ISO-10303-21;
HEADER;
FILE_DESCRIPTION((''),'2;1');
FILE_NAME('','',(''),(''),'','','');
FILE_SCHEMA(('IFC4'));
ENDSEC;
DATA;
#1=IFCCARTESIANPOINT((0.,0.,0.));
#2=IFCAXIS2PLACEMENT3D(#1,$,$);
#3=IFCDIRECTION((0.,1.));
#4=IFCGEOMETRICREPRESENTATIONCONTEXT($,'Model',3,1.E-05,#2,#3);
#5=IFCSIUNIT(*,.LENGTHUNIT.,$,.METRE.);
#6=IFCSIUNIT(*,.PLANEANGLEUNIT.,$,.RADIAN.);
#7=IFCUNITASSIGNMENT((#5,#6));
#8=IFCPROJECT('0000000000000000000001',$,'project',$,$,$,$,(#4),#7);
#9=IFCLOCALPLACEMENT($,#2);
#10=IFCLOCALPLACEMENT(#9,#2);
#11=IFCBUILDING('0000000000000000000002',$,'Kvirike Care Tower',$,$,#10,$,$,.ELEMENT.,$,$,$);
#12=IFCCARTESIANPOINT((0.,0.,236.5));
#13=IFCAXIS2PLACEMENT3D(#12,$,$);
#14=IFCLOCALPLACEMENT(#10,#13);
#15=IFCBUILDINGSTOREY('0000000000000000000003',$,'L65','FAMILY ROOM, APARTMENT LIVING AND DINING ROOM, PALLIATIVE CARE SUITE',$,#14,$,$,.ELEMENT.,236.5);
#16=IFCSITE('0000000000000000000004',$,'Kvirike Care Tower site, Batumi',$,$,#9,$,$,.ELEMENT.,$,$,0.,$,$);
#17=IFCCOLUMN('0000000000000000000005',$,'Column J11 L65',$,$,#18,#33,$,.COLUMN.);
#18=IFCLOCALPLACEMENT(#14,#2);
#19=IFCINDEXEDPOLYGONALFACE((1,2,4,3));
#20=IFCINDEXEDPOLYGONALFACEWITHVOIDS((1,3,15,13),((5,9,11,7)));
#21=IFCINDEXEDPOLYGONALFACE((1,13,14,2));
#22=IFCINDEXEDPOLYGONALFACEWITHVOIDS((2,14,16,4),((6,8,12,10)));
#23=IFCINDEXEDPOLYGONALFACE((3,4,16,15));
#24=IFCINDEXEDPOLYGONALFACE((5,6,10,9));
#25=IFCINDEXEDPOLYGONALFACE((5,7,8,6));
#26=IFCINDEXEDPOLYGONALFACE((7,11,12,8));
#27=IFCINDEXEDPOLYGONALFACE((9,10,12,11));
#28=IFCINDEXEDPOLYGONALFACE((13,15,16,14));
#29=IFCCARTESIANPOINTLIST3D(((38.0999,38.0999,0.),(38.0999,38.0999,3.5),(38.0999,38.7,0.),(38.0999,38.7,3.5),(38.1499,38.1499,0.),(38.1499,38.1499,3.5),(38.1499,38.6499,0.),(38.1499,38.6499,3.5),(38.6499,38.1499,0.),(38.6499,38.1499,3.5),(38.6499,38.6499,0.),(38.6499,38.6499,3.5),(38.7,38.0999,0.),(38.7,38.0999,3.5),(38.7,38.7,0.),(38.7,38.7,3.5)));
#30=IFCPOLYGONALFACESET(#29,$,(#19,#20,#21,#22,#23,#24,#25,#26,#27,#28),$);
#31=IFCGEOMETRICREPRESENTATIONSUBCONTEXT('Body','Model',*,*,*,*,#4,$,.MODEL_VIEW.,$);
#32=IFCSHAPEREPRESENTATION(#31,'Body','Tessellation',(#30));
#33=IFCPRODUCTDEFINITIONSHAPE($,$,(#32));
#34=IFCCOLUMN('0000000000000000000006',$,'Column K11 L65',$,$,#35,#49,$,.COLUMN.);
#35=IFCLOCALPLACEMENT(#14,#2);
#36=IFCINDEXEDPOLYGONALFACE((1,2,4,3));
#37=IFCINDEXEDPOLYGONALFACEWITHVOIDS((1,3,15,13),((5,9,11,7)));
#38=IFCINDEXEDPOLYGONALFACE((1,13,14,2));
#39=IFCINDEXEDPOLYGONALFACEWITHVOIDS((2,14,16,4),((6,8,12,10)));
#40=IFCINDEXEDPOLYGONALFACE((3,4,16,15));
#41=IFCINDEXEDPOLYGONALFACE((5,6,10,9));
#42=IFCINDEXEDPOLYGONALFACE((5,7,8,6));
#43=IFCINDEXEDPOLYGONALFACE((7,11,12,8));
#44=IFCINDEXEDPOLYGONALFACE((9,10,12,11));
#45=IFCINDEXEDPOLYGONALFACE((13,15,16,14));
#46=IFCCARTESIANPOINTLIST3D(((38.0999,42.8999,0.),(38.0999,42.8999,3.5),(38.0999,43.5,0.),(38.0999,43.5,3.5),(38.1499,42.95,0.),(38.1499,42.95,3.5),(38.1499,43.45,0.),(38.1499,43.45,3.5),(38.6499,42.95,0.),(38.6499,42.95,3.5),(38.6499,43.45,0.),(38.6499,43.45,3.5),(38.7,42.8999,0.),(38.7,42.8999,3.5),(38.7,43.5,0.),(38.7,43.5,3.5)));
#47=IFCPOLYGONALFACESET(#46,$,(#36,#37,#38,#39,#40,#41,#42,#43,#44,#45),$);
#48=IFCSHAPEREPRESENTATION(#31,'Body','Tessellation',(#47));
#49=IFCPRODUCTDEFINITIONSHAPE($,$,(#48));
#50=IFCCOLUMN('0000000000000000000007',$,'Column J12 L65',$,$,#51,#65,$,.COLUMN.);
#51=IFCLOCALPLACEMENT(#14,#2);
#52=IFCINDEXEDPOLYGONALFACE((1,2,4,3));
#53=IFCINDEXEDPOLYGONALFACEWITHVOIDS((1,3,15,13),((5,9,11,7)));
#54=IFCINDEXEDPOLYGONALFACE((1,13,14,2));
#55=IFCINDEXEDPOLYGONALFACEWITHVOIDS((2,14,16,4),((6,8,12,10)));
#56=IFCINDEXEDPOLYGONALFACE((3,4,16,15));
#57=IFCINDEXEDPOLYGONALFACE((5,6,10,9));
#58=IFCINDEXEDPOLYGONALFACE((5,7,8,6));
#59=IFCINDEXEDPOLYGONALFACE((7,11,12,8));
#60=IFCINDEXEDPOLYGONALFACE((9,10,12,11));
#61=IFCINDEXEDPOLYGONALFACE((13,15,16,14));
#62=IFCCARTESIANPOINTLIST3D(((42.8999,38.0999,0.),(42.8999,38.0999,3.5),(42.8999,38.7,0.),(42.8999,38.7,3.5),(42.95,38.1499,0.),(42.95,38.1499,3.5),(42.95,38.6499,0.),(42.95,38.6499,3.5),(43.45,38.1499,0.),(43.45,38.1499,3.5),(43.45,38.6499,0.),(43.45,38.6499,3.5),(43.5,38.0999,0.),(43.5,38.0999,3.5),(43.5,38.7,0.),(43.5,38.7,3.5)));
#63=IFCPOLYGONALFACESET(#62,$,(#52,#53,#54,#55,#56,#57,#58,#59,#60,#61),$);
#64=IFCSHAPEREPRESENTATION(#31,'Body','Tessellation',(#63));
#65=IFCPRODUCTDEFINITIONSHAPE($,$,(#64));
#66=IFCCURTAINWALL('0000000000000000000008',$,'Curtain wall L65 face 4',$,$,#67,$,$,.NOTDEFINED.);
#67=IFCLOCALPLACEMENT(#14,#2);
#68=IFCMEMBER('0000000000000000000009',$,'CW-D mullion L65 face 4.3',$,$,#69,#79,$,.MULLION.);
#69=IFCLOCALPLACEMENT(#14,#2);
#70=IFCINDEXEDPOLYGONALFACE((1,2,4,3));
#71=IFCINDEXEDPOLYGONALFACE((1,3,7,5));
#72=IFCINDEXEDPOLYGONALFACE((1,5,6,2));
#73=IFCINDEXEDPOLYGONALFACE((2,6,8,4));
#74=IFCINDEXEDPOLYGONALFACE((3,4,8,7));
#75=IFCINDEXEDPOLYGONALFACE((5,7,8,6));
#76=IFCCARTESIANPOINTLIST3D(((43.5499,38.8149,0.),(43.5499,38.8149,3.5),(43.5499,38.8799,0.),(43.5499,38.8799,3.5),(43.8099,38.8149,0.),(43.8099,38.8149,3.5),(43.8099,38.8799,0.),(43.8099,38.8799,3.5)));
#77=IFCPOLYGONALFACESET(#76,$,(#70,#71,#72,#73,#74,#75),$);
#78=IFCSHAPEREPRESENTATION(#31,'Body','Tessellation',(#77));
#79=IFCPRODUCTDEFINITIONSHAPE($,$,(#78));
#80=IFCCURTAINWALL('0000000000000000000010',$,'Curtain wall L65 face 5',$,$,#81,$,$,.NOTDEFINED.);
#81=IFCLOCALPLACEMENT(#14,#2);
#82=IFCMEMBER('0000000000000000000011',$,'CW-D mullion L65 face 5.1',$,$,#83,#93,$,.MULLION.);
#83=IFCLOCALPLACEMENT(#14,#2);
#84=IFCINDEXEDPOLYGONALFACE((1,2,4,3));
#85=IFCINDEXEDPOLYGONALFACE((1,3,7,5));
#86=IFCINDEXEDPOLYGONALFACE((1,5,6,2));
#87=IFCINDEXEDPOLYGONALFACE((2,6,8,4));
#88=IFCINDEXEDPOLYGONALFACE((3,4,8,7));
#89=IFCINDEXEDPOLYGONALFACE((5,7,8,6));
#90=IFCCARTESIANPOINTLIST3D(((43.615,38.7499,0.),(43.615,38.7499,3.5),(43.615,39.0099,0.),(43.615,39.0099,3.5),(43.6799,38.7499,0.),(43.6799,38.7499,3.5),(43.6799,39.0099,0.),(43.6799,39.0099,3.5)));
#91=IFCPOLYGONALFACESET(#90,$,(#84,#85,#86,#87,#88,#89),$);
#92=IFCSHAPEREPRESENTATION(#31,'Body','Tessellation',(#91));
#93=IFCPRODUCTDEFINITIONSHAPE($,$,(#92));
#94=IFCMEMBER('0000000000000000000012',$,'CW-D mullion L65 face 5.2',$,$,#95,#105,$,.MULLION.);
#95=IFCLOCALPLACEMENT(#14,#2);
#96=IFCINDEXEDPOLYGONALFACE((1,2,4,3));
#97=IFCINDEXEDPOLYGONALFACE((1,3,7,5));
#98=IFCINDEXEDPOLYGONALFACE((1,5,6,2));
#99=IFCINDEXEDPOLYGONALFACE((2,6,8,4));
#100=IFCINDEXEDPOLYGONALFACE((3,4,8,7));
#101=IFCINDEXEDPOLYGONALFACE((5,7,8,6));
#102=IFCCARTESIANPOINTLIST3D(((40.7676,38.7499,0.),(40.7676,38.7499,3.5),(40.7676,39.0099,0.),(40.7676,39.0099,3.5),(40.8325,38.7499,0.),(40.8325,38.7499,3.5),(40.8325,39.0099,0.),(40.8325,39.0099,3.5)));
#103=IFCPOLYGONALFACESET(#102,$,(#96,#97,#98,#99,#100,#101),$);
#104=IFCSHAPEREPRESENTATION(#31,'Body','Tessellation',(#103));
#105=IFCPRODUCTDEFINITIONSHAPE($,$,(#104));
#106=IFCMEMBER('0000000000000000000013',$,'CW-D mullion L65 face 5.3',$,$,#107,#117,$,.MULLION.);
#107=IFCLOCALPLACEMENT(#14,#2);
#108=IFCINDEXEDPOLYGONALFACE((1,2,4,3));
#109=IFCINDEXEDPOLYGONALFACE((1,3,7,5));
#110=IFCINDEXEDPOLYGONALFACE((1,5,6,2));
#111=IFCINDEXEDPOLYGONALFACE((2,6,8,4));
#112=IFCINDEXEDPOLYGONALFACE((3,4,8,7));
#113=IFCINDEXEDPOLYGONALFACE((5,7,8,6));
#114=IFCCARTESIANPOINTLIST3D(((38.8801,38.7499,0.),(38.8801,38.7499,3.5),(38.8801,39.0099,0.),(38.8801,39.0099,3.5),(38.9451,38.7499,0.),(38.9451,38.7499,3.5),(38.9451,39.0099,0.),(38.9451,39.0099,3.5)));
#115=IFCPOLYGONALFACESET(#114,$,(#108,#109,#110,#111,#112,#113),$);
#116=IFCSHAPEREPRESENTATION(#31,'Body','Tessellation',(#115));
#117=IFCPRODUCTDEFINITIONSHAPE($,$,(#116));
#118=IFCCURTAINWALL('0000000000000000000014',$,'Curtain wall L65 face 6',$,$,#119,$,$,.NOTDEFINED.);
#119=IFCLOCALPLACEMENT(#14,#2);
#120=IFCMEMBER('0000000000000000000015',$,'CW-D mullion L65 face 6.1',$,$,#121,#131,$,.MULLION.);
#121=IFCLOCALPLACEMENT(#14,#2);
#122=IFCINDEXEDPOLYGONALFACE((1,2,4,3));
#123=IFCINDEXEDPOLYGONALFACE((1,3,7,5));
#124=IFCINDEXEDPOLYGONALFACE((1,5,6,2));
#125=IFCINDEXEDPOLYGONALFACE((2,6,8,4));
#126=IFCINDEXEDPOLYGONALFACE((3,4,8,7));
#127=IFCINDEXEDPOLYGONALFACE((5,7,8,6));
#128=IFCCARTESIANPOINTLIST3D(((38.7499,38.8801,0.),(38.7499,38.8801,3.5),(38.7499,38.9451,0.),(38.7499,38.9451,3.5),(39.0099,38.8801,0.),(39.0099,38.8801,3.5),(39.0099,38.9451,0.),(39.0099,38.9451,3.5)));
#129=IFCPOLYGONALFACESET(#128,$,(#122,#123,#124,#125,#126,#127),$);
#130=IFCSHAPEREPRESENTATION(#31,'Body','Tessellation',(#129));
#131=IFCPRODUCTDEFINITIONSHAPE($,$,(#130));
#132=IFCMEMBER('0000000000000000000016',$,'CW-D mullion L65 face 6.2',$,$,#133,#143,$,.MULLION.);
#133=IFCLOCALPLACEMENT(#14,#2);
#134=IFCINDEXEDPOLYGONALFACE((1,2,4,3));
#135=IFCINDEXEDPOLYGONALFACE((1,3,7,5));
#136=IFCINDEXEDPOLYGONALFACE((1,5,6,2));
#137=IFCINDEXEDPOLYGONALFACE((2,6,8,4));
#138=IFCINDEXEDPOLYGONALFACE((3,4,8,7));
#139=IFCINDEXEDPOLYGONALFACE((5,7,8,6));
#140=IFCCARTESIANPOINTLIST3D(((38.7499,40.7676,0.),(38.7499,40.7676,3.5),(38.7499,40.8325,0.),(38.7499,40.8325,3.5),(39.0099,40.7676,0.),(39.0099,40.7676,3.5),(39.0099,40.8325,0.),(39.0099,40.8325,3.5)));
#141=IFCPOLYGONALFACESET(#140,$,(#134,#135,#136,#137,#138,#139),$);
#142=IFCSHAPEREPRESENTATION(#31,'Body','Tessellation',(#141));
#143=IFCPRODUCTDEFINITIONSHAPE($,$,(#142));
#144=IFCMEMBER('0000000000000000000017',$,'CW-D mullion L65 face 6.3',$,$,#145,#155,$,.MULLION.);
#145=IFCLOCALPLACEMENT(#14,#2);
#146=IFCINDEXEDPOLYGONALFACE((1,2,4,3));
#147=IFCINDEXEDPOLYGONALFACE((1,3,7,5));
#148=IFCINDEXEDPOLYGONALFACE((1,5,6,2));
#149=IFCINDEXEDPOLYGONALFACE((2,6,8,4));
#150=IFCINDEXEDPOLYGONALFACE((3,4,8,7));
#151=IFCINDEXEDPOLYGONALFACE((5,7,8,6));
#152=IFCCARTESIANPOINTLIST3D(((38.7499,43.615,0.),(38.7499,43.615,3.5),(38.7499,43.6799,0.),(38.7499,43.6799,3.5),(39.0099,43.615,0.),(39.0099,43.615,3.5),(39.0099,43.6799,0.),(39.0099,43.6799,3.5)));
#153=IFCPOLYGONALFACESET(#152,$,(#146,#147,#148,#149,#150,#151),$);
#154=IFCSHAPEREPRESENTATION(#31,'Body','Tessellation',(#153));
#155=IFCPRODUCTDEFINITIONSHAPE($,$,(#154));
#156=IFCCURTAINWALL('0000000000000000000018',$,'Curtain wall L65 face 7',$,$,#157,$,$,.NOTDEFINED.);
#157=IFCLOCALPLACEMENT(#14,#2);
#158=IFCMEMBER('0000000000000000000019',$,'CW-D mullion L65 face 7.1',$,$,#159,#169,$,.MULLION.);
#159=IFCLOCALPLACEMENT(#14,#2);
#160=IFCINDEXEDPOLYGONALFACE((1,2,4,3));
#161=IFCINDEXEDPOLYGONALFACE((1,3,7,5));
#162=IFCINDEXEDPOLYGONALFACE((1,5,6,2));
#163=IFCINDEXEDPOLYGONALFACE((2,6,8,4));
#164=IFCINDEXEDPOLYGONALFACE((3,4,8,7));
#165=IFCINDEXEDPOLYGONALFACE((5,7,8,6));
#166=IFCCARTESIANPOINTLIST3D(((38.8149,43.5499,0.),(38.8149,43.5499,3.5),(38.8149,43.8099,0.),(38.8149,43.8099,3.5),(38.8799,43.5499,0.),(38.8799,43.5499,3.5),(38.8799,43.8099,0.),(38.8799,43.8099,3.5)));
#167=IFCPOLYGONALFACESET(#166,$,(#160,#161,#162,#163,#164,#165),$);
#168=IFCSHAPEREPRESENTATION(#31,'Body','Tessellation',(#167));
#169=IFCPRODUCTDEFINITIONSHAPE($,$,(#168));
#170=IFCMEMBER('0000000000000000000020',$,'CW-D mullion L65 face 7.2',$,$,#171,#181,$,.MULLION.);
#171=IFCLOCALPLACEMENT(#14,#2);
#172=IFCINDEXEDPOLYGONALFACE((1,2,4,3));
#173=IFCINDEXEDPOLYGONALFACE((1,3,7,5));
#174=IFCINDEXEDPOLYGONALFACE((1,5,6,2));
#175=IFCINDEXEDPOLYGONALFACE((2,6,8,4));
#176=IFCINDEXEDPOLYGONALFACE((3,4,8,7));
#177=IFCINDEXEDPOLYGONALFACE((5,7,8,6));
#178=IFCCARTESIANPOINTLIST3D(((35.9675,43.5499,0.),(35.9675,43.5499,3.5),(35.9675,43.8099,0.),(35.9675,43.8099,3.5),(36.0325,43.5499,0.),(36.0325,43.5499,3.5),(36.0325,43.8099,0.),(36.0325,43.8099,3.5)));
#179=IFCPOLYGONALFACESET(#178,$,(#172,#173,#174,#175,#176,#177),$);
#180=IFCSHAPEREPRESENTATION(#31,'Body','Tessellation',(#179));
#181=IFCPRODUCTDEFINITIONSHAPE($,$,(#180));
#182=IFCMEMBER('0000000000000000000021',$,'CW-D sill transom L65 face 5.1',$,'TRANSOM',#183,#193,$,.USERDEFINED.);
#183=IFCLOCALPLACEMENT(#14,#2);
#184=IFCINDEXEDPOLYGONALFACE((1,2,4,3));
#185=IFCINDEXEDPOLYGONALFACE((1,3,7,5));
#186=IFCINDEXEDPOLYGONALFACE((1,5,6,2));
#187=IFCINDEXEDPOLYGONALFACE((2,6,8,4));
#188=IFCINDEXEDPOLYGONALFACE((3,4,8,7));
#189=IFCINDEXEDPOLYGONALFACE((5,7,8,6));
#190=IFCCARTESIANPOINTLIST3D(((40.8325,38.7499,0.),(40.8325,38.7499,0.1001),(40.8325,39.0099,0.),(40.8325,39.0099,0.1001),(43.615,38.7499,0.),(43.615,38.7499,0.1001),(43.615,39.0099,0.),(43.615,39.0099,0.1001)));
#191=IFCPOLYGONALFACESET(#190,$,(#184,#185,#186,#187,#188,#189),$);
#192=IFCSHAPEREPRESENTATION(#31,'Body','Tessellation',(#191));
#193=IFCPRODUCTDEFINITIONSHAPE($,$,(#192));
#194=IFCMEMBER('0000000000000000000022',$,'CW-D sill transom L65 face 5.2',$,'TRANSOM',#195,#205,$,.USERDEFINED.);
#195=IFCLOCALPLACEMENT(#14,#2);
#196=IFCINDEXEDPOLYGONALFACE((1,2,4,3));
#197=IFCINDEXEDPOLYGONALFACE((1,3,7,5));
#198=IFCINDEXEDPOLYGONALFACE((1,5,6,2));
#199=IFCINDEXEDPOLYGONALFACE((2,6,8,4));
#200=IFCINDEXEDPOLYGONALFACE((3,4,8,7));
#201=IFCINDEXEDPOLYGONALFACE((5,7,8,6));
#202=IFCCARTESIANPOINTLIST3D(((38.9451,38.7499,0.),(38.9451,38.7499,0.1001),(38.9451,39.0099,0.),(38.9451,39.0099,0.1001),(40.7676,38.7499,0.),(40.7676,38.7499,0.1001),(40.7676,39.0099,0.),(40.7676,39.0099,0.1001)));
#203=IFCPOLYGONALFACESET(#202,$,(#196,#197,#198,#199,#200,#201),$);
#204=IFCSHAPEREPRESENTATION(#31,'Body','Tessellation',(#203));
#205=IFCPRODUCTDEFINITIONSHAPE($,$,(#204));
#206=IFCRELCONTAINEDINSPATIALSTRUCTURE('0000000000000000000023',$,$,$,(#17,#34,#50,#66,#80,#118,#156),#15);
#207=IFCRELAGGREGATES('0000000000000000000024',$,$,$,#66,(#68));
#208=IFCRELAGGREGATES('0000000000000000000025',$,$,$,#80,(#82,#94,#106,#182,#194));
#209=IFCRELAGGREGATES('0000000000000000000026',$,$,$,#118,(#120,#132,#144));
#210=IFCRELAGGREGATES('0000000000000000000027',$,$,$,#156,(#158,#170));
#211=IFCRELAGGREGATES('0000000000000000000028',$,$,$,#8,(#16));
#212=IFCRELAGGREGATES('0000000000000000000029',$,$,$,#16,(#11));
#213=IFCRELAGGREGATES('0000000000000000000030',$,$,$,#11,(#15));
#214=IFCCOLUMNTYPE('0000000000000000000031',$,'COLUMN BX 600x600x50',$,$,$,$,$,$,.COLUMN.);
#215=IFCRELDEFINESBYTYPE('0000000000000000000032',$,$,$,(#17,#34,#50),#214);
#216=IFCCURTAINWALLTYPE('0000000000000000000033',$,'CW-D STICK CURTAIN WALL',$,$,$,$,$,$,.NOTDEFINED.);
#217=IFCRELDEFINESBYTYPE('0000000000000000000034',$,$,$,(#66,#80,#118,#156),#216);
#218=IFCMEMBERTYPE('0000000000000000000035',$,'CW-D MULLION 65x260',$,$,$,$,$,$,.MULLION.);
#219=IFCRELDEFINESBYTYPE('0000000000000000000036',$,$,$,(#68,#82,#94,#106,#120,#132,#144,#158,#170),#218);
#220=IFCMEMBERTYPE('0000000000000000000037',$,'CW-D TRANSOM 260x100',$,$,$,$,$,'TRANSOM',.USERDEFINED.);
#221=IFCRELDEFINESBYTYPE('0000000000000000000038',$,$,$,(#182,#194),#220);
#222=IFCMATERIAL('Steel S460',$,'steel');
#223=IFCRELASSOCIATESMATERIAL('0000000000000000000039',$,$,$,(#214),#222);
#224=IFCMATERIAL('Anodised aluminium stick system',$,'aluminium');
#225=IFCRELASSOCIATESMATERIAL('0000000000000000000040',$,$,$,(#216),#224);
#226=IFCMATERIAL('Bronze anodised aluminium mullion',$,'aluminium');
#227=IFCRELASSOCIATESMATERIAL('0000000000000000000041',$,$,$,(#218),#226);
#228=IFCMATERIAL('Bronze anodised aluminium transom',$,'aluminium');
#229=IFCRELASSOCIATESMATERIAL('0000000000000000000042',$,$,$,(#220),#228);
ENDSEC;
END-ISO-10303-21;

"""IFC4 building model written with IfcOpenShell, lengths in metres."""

from ifc_helpers import new_model, si_unit, direction, frame, origin, origin_2d, place, context, subcontext, project, spatial, rectangle, hollow_rectangle, extrude, material, material_profile, profile_set, type_object, element, aggregate, save


model = new_model("IFC4")

# Units and contexts
model_context = context("Model", 3, precision=1e-05, world=origin(), true_north=direction((0.0, 1.0)))
body_context = subcontext(model_context, "Body", "Model", "MODEL_VIEW")
ifc_project = project(units=[si_unit("LENGTHUNIT", "METRE"), si_unit("PLANEANGLEUNIT", "RADIAN")], contexts=[model_context])

# Site, building, storey
site_placement = place(None, origin())
site = spatial("IfcSite", under=ifc_project, at=site_placement, Name="Kvirike Care Tower site, Batumi", CompositionType="ELEMENT", RefElevation=0.0)
building_placement = place(site_placement, origin())
building = spatial("IfcBuilding", under=site, at=building_placement, Name="Kvirike Care Tower", CompositionType="ELEMENT")
storey_placement = place(building_placement, frame((0.0, 0.0, 236.5)))
storey = spatial("IfcBuildingStorey", under=building, at=storey_placement, Name="L65", Description="FAMILY ROOM, APARTMENT LIVING AND DINING ROOM, PALLIATIVE CARE SUITE", CompositionType="ELEMENT", Elevation=236.5)

# Columns
ifc_material_1 = material(Name="Steel S460", Category="steel")
ifc_material_profile_1 = material_profile(ifc_material_1, hollow_rectangle(XDim=0.6001, YDim=0.6001, WallThickness=0.05, at=origin_2d()), Name="BX 600x600x50")
ifc_profile_set_1 = profile_set([ifc_material_profile_1], Name="Steel S460")
column_type = type_object("IfcColumnType", Name="COLUMN BX 600x600x50", PredefinedType="COLUMN", material=ifc_profile_set_1)
for number, where, z_axis, x_axis, name in (
    (1, (38.3999, 38.3999, 0.0), (0.0, 0.0, 1.0), (0.0, 1.0, 0.0), "Column J11 L65"),
    (2, (38.3999, 43.2, 0.0), (0.0, 0.0, 1.0), (0.0, 1.0, 0.0), "Column K11 L65"),
    (3, (43.2, 38.3999, 0.0), (0.0, 0.0, 1.0), (0.0, 1.0, 0.0), "Column J12 L65"),
):
    element("IfcColumn", number, at=place(storey_placement, frame(where, z_axis=z_axis, x_axis=x_axis)), inside=storey, type_object=column_type, Name=name, PredefinedType="COLUMN", context=body_context, shape_type="SweptSolid", body=[
        extrude(hollow_rectangle(XDim=0.6001, YDim=0.6001, WallThickness=0.05, at=origin_2d()), origin(), (0.0, 0.0, 1.0), 3.5),
    ])

# Curtain wall, member
ifc_material_2 = material(Name="Anodised aluminium stick system", Category="aluminium")
curtain_wall_type = type_object("IfcCurtainWallType", Name="CW-D STICK CURTAIN WALL", PredefinedType="NOTDEFINED", material=ifc_material_2)
curtain_wall_1_placement = place(storey_placement, origin())
curtain_wall_1 = element("IfcCurtainWall", 4, at=curtain_wall_1_placement, inside=storey, type_object=curtain_wall_type, Name="Curtain wall L65 face 4", PredefinedType="NOTDEFINED")
ifc_material_3 = material(Name="Bronze anodised aluminium mullion", Category="aluminium")
ifc_material_profile_2 = material_profile(ifc_material_3, rectangle(XDim=0.0649, YDim=0.26, at=origin_2d()), Name="CW-D MULLION 65x260")
ifc_profile_set_2 = profile_set([ifc_material_profile_2], Name="Bronze anodised aluminium mullion")
member_type_1 = type_object("IfcMemberType", Name="CW-D MULLION 65x260", PredefinedType="MULLION", material=ifc_profile_set_2)
member_1_placement = place(storey_placement, frame((43.6799, 38.8474, 0.0), z_axis=(0.0, 0.0, 1.0), x_axis=(0.0, 1.0, 0.0)))
member_1 = element("IfcMember", 5, at=member_1_placement, type_object=member_type_1, Name="CW-D mullion L65 face 4.3", PredefinedType="MULLION", context=body_context, shape_type="SweptSolid", body=[
    extrude(rectangle(XDim=0.0649, YDim=0.26, at=origin_2d()), origin(), (0.0, 0.0, 1.0), 3.5),
])

# Curtain walls, members
curtain_wall_2_placement = place(storey_placement, origin())
curtain_wall_2 = element("IfcCurtainWall", 6, at=curtain_wall_2_placement, inside=storey, type_object=curtain_wall_type, Name="Curtain wall L65 face 5", PredefinedType="NOTDEFINED")
member_2_placement = place(storey_placement, frame((43.6475, 38.8799, 0.0), z_axis=(0.0, 0.0, 1.0), x_axis=(-1.0, 0.0, 0.0)))
member_2 = element("IfcMember", 7, at=member_2_placement, type_object=member_type_1, Name="CW-D mullion L65 face 5.1", PredefinedType="MULLION", context=body_context, shape_type="SweptSolid", body=[
    extrude(rectangle(XDim=0.0649, YDim=0.26, at=origin_2d()), origin(), (0.0, 0.0, 1.0), 3.5),
])
member_3_placement = place(storey_placement, frame((40.8, 38.8799, 0.0), z_axis=(0.0, 0.0, 1.0), x_axis=(-1.0, 0.0, 0.0)))
member_3 = element("IfcMember", 8, at=member_3_placement, type_object=member_type_1, Name="CW-D mullion L65 face 5.2", PredefinedType="MULLION", context=body_context, shape_type="SweptSolid", body=[
    extrude(rectangle(XDim=0.0649, YDim=0.26, at=origin_2d()), origin(), (0.0, 0.0, 1.0), 3.5),
])
member_4_placement = place(storey_placement, frame((38.9126, 38.8799, 0.0), z_axis=(0.0, 0.0, 1.0), x_axis=(-1.0, 0.0, 0.0)))
member_4 = element("IfcMember", 9, at=member_4_placement, type_object=member_type_1, Name="CW-D mullion L65 face 5.3", PredefinedType="MULLION", context=body_context, shape_type="SweptSolid", body=[
    extrude(rectangle(XDim=0.0649, YDim=0.26, at=origin_2d()), origin(), (0.0, 0.0, 1.0), 3.5),
])
curtain_wall_3_placement = place(storey_placement, origin())
curtain_wall_3 = element("IfcCurtainWall", 10, at=curtain_wall_3_placement, inside=storey, type_object=curtain_wall_type, Name="Curtain wall L65 face 6", PredefinedType="NOTDEFINED")
member_5_placement = place(storey_placement, frame((38.8799, 38.9126, 0.0), z_axis=(0.0, 0.0, 1.0), x_axis=(0.0, 1.0, 0.0)))
member_5 = element("IfcMember", 11, at=member_5_placement, type_object=member_type_1, Name="CW-D mullion L65 face 6.1", PredefinedType="MULLION", context=body_context, shape_type="SweptSolid", body=[
    extrude(rectangle(XDim=0.0649, YDim=0.26, at=origin_2d()), origin(), (0.0, 0.0, 1.0), 3.5),
])
member_6_placement = place(storey_placement, frame((38.8799, 40.8, 0.0), z_axis=(0.0, 0.0, 1.0), x_axis=(0.0, 1.0, 0.0)))
member_6 = element("IfcMember", 12, at=member_6_placement, type_object=member_type_1, Name="CW-D mullion L65 face 6.2", PredefinedType="MULLION", context=body_context, shape_type="SweptSolid", body=[
    extrude(rectangle(XDim=0.0649, YDim=0.26, at=origin_2d()), origin(), (0.0, 0.0, 1.0), 3.5),
])
member_7_placement = place(storey_placement, frame((38.8799, 43.6475, 0.0), z_axis=(0.0, 0.0, 1.0), x_axis=(0.0, 1.0, 0.0)))
member_7 = element("IfcMember", 13, at=member_7_placement, type_object=member_type_1, Name="CW-D mullion L65 face 6.3", PredefinedType="MULLION", context=body_context, shape_type="SweptSolid", body=[
    extrude(rectangle(XDim=0.0649, YDim=0.26, at=origin_2d()), origin(), (0.0, 0.0, 1.0), 3.5),
])
curtain_wall_4_placement = place(storey_placement, origin())
curtain_wall_4 = element("IfcCurtainWall", 14, at=curtain_wall_4_placement, inside=storey, type_object=curtain_wall_type, Name="Curtain wall L65 face 7", PredefinedType="NOTDEFINED")
member_8_placement = place(storey_placement, frame((38.8474, 43.6799, 0.0), z_axis=(0.0, 0.0, 1.0), x_axis=(-1.0, 0.0, 0.0)))
member_8 = element("IfcMember", 15, at=member_8_placement, type_object=member_type_1, Name="CW-D mullion L65 face 7.1", PredefinedType="MULLION", context=body_context, shape_type="SweptSolid", body=[
    extrude(rectangle(XDim=0.0649, YDim=0.26, at=origin_2d()), origin(), (0.0, 0.0, 1.0), 3.5),
])
member_9_placement = place(storey_placement, frame((36.0, 43.6799, 0.0), z_axis=(0.0, 0.0, 1.0), x_axis=(-1.0, 0.0, 0.0)))
member_9 = element("IfcMember", 16, at=member_9_placement, type_object=member_type_1, Name="CW-D mullion L65 face 7.2", PredefinedType="MULLION", context=body_context, shape_type="SweptSolid", body=[
    extrude(rectangle(XDim=0.0649, YDim=0.26, at=origin_2d()), origin(), (0.0, 0.0, 1.0), 3.5),
])

# Members
ifc_material_4 = material(Name="Bronze anodised aluminium transom", Category="aluminium")
ifc_material_profile_3 = material_profile(ifc_material_4, rectangle(XDim=0.26, YDim=0.1001, at=origin_2d()), Name="CW-D TRANSOM 260x100")
ifc_profile_set_3 = profile_set([ifc_material_profile_3], Name="Bronze anodised aluminium transom")
member_type_2 = type_object("IfcMemberType", Name="CW-D TRANSOM 260x100", ElementType="TRANSOM", PredefinedType="USERDEFINED", material=ifc_profile_set_3)
member_10_placement = place(storey_placement, frame((43.615, 38.8799, 0.05), z_axis=(-1.0, 0.0, 0.0), x_axis=(0.0, -1.0, 0.0)))
member_10 = element("IfcMember", 17, at=member_10_placement, type_object=member_type_2, Name="CW-D sill transom L65 face 5.1", ObjectType="TRANSOM", PredefinedType="USERDEFINED", context=body_context, shape_type="SweptSolid", body=[
    extrude(rectangle(XDim=0.26, YDim=0.1001, at=origin_2d()), origin(), (0.0, 0.0, 1.0), 2.7825),
])
member_11_placement = place(storey_placement, frame((40.7676, 38.8799, 0.05), z_axis=(-1.0, 0.0, 0.0), x_axis=(0.0, -1.0, 0.0)))
member_11 = element("IfcMember", 18, at=member_11_placement, type_object=member_type_2, Name="CW-D sill transom L65 face 5.2", ObjectType="TRANSOM", PredefinedType="USERDEFINED", context=body_context, shape_type="SweptSolid", body=[
    extrude(rectangle(XDim=0.26, YDim=0.1001, at=origin_2d()), origin(), (0.0, 0.0, 1.0), 1.8225),
])

aggregate(curtain_wall_1, [member_1])
aggregate(curtain_wall_2, [member_2, member_3, member_4, member_10, member_11])
aggregate(curtain_wall_3, [member_5, member_6, member_7])
aggregate(curtain_wall_4, [member_8, member_9])

save(model, "model.ifc")
